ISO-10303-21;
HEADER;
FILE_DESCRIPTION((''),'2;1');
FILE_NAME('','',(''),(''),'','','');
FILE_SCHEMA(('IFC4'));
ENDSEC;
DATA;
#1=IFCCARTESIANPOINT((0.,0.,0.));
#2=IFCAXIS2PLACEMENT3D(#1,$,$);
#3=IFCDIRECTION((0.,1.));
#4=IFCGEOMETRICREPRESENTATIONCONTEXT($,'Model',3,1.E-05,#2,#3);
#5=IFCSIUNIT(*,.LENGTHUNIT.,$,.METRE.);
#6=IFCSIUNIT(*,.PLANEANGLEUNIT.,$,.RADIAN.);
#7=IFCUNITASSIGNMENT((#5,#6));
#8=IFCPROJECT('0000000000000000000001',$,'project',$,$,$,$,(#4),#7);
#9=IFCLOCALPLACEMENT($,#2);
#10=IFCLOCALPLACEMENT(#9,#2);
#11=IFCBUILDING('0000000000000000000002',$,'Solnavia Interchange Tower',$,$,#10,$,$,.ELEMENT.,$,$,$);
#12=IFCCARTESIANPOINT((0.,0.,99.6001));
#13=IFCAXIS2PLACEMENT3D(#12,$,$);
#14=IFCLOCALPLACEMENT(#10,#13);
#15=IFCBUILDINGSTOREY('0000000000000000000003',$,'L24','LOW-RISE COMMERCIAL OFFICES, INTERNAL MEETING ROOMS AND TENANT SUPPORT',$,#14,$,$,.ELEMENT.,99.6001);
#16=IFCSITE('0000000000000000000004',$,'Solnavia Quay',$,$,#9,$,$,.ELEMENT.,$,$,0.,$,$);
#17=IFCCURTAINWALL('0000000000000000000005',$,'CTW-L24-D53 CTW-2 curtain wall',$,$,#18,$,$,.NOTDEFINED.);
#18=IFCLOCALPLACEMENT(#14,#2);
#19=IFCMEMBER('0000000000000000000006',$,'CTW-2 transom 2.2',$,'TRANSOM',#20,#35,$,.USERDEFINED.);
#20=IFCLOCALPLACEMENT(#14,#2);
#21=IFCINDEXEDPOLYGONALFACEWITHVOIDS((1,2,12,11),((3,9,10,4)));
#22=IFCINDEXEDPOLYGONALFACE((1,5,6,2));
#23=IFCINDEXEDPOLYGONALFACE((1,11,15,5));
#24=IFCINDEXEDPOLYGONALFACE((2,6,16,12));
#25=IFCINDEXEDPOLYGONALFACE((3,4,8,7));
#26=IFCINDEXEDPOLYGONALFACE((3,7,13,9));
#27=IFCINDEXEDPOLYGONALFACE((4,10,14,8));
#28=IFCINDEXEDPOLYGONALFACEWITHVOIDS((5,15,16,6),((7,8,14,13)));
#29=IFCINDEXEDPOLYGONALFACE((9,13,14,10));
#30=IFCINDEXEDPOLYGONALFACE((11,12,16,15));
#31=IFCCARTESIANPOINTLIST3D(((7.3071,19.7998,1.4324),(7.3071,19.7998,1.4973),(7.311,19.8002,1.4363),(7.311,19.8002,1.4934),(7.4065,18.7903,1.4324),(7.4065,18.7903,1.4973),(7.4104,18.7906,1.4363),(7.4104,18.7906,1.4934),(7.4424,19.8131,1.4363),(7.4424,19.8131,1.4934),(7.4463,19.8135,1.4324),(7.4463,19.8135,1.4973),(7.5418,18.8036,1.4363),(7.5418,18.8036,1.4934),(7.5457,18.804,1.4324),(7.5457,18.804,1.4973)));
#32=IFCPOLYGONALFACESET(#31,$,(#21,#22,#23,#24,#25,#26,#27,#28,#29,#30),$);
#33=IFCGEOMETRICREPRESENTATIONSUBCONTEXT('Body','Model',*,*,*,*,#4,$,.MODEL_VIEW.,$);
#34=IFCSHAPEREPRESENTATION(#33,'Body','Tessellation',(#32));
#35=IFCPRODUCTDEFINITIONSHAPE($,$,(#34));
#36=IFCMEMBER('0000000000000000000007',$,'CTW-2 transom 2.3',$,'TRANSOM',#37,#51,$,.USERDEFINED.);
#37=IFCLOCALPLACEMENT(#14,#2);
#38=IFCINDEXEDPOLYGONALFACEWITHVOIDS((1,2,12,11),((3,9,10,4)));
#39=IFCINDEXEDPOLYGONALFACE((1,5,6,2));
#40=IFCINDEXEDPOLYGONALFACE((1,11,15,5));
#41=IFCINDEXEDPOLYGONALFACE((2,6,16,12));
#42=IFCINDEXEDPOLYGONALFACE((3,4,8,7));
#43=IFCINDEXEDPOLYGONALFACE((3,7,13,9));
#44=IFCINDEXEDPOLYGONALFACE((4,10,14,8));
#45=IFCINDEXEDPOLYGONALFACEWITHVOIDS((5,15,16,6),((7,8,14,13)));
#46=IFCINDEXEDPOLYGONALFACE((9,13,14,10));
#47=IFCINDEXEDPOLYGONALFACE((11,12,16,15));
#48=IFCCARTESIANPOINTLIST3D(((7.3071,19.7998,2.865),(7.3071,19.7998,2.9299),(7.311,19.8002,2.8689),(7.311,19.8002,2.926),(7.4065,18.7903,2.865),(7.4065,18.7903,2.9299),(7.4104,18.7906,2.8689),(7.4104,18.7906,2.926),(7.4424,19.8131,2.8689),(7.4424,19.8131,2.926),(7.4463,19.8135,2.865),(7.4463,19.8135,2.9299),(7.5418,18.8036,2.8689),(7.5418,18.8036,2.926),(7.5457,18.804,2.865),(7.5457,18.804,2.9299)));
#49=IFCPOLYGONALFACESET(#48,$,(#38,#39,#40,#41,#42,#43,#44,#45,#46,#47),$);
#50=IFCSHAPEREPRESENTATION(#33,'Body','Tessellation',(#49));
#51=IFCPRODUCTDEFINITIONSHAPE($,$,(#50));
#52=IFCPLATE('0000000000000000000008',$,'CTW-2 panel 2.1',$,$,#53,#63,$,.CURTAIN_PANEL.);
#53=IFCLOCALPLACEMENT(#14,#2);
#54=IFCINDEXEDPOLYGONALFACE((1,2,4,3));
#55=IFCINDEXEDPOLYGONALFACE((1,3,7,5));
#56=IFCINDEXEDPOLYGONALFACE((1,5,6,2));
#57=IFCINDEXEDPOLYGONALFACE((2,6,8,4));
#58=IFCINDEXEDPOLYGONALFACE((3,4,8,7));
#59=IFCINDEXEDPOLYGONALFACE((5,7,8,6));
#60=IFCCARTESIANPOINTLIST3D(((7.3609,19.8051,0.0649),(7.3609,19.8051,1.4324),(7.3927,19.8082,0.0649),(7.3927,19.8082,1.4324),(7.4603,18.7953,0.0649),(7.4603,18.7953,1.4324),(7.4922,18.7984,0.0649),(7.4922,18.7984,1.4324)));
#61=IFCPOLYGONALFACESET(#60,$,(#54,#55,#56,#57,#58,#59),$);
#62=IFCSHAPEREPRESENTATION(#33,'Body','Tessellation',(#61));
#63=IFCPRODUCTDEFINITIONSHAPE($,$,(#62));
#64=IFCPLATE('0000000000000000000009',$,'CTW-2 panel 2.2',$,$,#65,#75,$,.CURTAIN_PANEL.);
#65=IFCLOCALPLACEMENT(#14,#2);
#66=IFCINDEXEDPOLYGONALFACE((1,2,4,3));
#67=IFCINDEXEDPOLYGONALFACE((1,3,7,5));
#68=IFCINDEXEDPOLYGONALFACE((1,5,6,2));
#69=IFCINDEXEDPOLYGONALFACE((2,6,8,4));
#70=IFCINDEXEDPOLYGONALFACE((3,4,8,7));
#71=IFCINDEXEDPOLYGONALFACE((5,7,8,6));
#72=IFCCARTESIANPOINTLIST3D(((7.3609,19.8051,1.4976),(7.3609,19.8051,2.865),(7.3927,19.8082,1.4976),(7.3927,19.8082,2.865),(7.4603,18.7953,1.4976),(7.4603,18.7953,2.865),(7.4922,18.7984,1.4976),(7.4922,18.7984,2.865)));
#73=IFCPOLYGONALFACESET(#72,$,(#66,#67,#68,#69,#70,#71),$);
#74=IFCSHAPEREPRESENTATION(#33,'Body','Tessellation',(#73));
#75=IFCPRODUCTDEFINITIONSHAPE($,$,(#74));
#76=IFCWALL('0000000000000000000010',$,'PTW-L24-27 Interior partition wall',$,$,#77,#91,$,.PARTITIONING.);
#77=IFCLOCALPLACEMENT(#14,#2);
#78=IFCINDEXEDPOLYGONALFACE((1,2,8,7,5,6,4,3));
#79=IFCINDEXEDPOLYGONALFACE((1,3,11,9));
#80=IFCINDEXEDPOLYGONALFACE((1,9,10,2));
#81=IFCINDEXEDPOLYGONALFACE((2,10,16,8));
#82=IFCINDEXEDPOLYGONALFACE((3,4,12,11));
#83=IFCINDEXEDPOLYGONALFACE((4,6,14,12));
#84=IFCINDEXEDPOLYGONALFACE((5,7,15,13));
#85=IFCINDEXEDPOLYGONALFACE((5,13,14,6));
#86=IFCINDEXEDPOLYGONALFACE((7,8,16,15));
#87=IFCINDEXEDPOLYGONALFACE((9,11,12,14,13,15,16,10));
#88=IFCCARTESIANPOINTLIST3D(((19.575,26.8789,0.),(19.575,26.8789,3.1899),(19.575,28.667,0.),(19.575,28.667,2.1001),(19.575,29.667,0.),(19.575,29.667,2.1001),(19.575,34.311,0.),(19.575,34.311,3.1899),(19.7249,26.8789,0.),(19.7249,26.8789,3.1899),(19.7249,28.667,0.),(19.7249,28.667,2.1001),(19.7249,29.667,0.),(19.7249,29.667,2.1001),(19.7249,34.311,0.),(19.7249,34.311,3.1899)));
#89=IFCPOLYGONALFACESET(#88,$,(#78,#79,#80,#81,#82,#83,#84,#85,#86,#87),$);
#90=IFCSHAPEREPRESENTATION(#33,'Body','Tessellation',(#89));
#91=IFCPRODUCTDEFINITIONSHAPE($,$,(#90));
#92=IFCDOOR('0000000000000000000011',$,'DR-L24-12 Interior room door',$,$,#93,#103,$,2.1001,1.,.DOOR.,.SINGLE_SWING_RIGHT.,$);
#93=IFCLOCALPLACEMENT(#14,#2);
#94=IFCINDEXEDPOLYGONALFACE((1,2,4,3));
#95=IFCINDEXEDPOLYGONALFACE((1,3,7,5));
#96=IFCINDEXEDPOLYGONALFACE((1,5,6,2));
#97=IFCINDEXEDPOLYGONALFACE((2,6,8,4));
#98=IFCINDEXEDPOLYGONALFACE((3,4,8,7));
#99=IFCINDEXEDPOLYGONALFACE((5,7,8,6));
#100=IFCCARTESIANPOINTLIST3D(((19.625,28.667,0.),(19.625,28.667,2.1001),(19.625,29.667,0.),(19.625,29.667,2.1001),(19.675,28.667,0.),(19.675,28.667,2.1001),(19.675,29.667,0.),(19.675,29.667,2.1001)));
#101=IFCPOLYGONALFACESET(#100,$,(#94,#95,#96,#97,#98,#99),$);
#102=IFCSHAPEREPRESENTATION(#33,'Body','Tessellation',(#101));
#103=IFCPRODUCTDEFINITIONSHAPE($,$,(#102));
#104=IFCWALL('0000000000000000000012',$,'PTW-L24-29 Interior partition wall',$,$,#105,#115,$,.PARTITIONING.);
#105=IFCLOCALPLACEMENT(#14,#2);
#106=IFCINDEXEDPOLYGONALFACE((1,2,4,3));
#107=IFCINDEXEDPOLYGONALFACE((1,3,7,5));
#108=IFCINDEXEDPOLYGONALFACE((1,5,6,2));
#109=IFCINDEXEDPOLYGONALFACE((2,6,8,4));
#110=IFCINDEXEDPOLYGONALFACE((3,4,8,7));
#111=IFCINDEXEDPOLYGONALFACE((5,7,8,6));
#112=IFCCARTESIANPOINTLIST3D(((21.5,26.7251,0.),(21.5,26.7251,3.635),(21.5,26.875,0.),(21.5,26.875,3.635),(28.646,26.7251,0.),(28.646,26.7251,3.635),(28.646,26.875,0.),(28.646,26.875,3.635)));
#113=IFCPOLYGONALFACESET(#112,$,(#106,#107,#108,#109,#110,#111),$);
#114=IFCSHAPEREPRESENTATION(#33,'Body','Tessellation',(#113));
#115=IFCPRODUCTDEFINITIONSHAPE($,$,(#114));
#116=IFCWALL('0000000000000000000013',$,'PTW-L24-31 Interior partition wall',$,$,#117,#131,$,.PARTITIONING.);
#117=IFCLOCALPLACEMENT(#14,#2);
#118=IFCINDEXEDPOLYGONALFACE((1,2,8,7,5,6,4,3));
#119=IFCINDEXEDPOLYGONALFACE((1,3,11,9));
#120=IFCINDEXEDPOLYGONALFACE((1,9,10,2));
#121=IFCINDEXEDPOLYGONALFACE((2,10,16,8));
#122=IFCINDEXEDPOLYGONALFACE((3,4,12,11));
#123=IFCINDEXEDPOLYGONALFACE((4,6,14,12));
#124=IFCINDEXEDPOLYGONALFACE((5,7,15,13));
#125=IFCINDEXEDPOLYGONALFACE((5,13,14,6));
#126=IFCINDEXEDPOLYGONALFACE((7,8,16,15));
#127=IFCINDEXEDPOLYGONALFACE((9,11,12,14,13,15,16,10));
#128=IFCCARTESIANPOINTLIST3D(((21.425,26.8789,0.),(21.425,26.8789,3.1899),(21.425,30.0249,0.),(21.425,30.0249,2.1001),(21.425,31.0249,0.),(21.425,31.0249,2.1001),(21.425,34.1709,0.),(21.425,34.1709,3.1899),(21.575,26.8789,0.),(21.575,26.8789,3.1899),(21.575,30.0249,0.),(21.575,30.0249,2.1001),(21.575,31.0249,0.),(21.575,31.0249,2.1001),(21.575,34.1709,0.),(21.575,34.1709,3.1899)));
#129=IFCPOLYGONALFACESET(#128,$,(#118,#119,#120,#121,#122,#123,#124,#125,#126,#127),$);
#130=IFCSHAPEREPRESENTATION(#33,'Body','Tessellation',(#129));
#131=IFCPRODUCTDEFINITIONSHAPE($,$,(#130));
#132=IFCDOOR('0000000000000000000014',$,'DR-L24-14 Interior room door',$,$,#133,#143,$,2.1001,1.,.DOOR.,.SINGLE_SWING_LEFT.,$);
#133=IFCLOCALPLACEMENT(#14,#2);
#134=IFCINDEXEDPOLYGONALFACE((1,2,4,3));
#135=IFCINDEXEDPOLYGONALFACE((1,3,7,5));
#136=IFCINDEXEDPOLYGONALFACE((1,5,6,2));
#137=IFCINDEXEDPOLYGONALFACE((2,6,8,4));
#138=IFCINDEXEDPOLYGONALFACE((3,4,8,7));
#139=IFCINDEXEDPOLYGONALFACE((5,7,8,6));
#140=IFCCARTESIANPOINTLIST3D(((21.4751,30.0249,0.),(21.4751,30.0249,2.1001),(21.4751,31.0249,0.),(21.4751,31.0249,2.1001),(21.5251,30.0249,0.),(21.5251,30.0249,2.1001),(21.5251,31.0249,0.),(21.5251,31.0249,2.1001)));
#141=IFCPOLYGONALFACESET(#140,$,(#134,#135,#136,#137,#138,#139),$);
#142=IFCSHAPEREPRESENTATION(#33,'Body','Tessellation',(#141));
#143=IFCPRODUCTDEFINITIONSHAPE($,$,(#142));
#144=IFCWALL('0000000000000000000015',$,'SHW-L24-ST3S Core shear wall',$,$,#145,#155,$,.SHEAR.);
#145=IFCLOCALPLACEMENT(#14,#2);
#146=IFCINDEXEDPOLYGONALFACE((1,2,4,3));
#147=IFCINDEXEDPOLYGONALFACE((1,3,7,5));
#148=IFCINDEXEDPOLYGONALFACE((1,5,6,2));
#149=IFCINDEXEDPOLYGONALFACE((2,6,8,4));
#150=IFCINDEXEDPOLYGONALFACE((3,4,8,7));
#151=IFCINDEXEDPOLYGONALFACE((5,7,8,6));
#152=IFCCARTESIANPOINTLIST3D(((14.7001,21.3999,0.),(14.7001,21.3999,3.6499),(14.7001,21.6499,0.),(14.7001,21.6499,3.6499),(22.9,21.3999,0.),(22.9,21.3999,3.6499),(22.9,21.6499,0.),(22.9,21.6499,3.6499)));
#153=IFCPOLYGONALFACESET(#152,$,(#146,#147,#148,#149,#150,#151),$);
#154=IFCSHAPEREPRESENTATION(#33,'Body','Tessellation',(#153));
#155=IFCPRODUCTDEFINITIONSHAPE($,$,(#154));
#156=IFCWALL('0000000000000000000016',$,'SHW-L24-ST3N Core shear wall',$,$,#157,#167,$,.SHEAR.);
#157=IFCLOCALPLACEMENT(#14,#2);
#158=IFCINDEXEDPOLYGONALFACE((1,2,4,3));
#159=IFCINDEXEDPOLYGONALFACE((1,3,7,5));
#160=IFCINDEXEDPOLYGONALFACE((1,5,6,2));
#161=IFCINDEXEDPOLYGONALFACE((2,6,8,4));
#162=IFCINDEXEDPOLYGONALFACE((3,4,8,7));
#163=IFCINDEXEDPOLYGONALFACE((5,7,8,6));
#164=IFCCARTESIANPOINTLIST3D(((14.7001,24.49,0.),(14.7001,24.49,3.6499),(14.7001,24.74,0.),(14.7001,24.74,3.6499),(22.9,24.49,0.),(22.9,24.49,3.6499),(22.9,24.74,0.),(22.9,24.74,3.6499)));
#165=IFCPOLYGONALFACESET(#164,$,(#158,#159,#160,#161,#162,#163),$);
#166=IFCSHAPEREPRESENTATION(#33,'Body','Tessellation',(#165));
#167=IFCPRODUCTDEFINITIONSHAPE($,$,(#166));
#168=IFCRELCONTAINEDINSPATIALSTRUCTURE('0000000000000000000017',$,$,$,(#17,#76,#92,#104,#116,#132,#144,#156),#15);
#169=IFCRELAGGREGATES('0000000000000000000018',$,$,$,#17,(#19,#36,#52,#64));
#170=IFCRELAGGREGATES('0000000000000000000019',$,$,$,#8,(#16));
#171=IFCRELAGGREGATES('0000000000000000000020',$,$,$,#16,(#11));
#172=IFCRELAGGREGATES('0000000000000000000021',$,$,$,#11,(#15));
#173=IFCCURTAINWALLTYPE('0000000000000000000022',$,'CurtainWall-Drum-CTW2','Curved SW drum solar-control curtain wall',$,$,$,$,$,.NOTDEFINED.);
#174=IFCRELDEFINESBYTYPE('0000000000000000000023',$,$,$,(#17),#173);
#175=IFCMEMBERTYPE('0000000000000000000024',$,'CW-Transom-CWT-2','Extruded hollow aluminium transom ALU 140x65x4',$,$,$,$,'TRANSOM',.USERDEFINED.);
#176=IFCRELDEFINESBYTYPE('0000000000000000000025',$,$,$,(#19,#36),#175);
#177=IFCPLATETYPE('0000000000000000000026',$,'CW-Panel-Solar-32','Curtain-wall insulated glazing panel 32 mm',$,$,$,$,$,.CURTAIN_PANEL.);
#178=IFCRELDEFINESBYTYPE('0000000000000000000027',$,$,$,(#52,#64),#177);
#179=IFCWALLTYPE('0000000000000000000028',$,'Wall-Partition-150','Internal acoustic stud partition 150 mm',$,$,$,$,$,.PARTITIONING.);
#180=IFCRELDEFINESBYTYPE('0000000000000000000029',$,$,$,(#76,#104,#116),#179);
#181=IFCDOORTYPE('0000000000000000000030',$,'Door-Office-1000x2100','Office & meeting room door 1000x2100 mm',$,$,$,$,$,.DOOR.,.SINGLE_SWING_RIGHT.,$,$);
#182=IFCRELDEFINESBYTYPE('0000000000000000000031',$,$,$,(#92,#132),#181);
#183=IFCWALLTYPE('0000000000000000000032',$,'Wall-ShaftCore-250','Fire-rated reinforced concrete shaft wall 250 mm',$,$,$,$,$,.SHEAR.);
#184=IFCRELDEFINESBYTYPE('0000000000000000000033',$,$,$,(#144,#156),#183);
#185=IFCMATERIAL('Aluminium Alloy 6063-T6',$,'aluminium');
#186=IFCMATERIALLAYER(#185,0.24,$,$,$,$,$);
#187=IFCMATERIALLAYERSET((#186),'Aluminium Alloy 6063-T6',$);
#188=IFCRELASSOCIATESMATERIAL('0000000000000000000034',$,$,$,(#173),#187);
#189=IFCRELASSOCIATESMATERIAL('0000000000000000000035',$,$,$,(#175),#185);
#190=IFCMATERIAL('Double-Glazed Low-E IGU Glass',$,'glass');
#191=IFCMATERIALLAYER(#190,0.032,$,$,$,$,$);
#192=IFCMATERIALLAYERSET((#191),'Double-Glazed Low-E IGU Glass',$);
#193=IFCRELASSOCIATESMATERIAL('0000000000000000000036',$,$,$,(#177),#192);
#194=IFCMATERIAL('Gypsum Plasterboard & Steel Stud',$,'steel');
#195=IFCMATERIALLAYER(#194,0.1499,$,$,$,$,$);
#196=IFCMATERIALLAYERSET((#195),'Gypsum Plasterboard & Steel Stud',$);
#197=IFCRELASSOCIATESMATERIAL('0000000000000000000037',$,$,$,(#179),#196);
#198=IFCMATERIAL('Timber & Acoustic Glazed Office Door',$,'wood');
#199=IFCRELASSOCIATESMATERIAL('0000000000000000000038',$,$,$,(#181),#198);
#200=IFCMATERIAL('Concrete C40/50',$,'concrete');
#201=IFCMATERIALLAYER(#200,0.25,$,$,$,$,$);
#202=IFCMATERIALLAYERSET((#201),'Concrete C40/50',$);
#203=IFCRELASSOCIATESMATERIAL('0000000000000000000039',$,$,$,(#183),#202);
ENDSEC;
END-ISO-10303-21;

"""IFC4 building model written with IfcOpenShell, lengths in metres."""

from ifc_helpers import new_model, si_unit, direction, frame, frame_2d, origin, origin_2d, place, context, subcontext, project, spatial, rectangle, hollow_rectangle, extrude, material, layer, layer_set, material_profile, profile_set, type_object, element, fill, aggregate, save


model = new_model("IFC4")

# Units and contexts
model_context = context("Model", 3, precision=1e-05, world=origin(), true_north=direction((0.0, 1.0)))
body_context = subcontext(model_context, "Body", "Model", "MODEL_VIEW")
ifc_project = project(units=[si_unit("LENGTHUNIT", "METRE"), si_unit("PLANEANGLEUNIT", "RADIAN")], contexts=[model_context])

# Site, building, storey
site_placement = place(None, origin())
site = spatial("IfcSite", under=ifc_project, at=site_placement, Name="Solnavia Quay", CompositionType="ELEMENT", RefElevation=0.0)
building_placement = place(site_placement, origin())
building = spatial("IfcBuilding", under=site, at=building_placement, Name="Solnavia Interchange Tower", CompositionType="ELEMENT")
storey_placement = place(building_placement, frame((0.0, 0.0, 99.6001)))
storey = spatial("IfcBuildingStorey", under=building, at=storey_placement, Name="L24", Description="LOW-RISE COMMERCIAL OFFICES, INTERNAL MEETING ROOMS AND TENANT SUPPORT", CompositionType="ELEMENT", Elevation=99.6001)

# Curtain wall, members, plates
ifc_material_1 = material(Name="Aluminium Alloy 6063-T6", Category="aluminium")
ifc_layer_1 = layer(ifc_material_1, 0.24)
ifc_layer_set_1 = layer_set([ifc_layer_1], Name="Aluminium Alloy 6063-T6")
curtain_wall_type = type_object("IfcCurtainWallType", Name="CurtainWall-Drum-CTW2", Description="Curved SW drum solar-control curtain wall", PredefinedType="NOTDEFINED", material=ifc_layer_set_1)
curtain_wall_placement = place(storey_placement, origin())
curtain_wall = element("IfcCurtainWall", 1, at=curtain_wall_placement, inside=storey, type_object=curtain_wall_type, Name="CTW-L24-D53 CTW-2 curtain wall", PredefinedType="NOTDEFINED")
ifc_material_profile_1 = material_profile(ifc_material_1, hollow_rectangle(XDim=0.0649, YDim=0.1399, WallThickness=0.0039, at=origin_2d()), Name="ALU 140x65x4")
ifc_profile_set_1 = profile_set([ifc_material_profile_1], Name="Aluminium Alloy 6063-T6")
member_type = type_object("IfcMemberType", Name="CW-Transom-CWT-2", Description="Extruded hollow aluminium transom ALU 140x65x4", ElementType="TRANSOM", PredefinedType="USERDEFINED", material=ifc_profile_set_1)
member_1_placement = place(storey_placement, frame((7.3767, 19.8066, 1.4648), z_axis=(0.097955, -0.995191, 0.0), x_axis=(0.0, 0.0, 1.0)))
member_1 = element("IfcMember", 2, at=member_1_placement, type_object=member_type, Name="CTW-2 transom 2.2", ObjectType="TRANSOM", PredefinedType="USERDEFINED", context=body_context, shape_type="SweptSolid", body=[
    extrude(hollow_rectangle(XDim=0.0649, YDim=0.1399, WallThickness=0.0039, at=origin_2d()), origin(), (0.0, 0.0, 1.0), 1.0144),
])
member_2_placement = place(storey_placement, frame((7.3767, 19.8066, 2.8975), z_axis=(0.097955, -0.995191, 0.0), x_axis=(0.0, 0.0, 1.0)))
member_2 = element("IfcMember", 3, at=member_2_placement, type_object=member_type, Name="CTW-2 transom 2.3", ObjectType="TRANSOM", PredefinedType="USERDEFINED", context=body_context, shape_type="SweptSolid", body=[
    extrude(hollow_rectangle(XDim=0.0649, YDim=0.1399, WallThickness=0.0039, at=origin_2d()), origin(), (0.0, 0.0, 1.0), 1.0144),
])
ifc_material_2 = material(Name="Double-Glazed Low-E IGU Glass", Category="glass")
ifc_layer_2 = layer(ifc_material_2, 0.032)
ifc_layer_set_2 = layer_set([ifc_layer_2], Name="Double-Glazed Low-E IGU Glass")
plate_type = type_object("IfcPlateType", Name="CW-Panel-Solar-32", Description="Curtain-wall insulated glazing panel 32 mm", PredefinedType="CURTAIN_PANEL", material=ifc_layer_set_2)
plate_1_placement = place(storey_placement, frame((7.4265, 19.3018, 0.0649), z_axis=(0.0, 0.0, 1.0), x_axis=(0.098045, -0.995182, 0.0)))
plate_1 = element("IfcPlate", 4, at=plate_1_placement, type_object=plate_type, Name="CTW-2 panel 2.1", PredefinedType="CURTAIN_PANEL", context=body_context, shape_type="SweptSolid", body=[
    extrude(rectangle(XDim=1.0146, YDim=0.032, at=origin_2d()), origin(), (0.0, 0.0, 1.0), 1.3674),
])
plate_2_placement = place(storey_placement, frame((7.4265, 19.3018, 1.4976), z_axis=(0.0, 0.0, 1.0), x_axis=(0.098045, -0.995182, 0.0)))
plate_2 = element("IfcPlate", 5, at=plate_2_placement, type_object=plate_type, Name="CTW-2 panel 2.2", PredefinedType="CURTAIN_PANEL", context=body_context, shape_type="SweptSolid", body=[
    extrude(rectangle(XDim=1.0146, YDim=0.032, at=origin_2d()), origin(), (0.0, 0.0, 1.0), 1.3674),
])
aggregate(curtain_wall, [member_1, member_2, plate_1, plate_2])

# Wall, opening, door
ifc_material_3 = material(Name="Gypsum Plasterboard & Steel Stud", Category="steel")
ifc_layer_3 = layer(ifc_material_3, 0.1499)
ifc_layer_set_3 = layer_set([ifc_layer_3], Name="Gypsum Plasterboard & Steel Stud")
wall_type_1 = type_object("IfcWallType", Name="Wall-Partition-150", Description="Internal acoustic stud partition 150 mm", PredefinedType="PARTITIONING", material=ifc_layer_set_3)
wall_1_placement = place(storey_placement, frame((19.6499, 26.8789, 0.0), z_axis=(0.0, 0.0, 1.0), x_axis=(0.0, 1.0, 0.0)))
wall_1 = element("IfcWall", 6, at=wall_1_placement, inside=storey, type_object=wall_type_1, Name="PTW-L24-27 Interior partition wall", PredefinedType="PARTITIONING", context=body_context, shape_type="SweptSolid", body=[
    extrude(rectangle(XDim=7.4321, YDim=0.1499, at=frame_2d((3.7161, 0.0))), origin(), (0.0, 0.0, 1.0), 3.1899),
])
opening_1_placement = place(wall_1_placement, frame((1.7881, 0.0, 0.0)))
opening_1 = element("IfcOpeningElement", 7, at=opening_1_placement, cuts=wall_1, PredefinedType="OPENING", context=body_context, shape_type="SweptSolid", body=[
    extrude(rectangle(XDim=1.0, YDim=2.1001, at=frame_2d((0.5, 1.05))), frame((0.0, 0.085, 0.0), z_axis=(0.0, -1.0, 0.0), x_axis=(1.0, 0.0, 0.0)), (0.0, 0.0, 1.0), 0.1699),
])
ifc_material_4 = material(Name="Timber & Acoustic Glazed Office Door", Category="wood")
door_type_1 = type_object("IfcDoorType", Name="Door-Office-1000x2100", Description="Office & meeting room door 1000x2100 mm", OperationType="SINGLE_SWING_RIGHT", PredefinedType="DOOR", material=ifc_material_4)
door_1_placement = place(opening_1_placement, origin())
door_1 = element("IfcDoor", 8, at=door_1_placement, inside=storey, type_object=door_type_1, Name="DR-L24-12 Interior room door", OperationType="SINGLE_SWING_RIGHT", OverallHeight=2.1001, OverallWidth=1.0, PredefinedType="DOOR", context=body_context, shape_type="SweptSolid", body=[
    extrude(rectangle(XDim=1.0, YDim=2.1001, at=frame_2d((0.5, 1.05))), frame((0.0, 0.0249, 0.0), z_axis=(0.0, -1.0, 0.0), x_axis=(1.0, 0.0, 0.0)), (0.0, 0.0, 1.0), 0.05),
])
fill(opening_1, door_1)

# Wall
wall_2_placement = place(storey_placement, frame((21.5, 26.8, 0.0), z_axis=(0.0, 0.0, 1.0), x_axis=(1.0, 0.0, 0.0)))
element("IfcWall", 9, at=wall_2_placement, inside=storey, type_object=wall_type_1, Name="PTW-L24-29 Interior partition wall", PredefinedType="PARTITIONING", context=body_context, shape_type="SweptSolid", body=[
    extrude(rectangle(XDim=7.146, YDim=0.1499, at=frame_2d((3.573, 0.0))), origin(), (0.0, 0.0, 1.0), 3.635),
])

# Wall, opening, door
wall_3_placement = place(storey_placement, frame((21.5, 26.8789, 0.0), z_axis=(0.0, 0.0, 1.0), x_axis=(0.0, 1.0, 0.0)))
wall_3 = element("IfcWall", 10, at=wall_3_placement, inside=storey, type_object=wall_type_1, Name="PTW-L24-31 Interior partition wall", PredefinedType="PARTITIONING", context=body_context, shape_type="SweptSolid", body=[
    extrude(rectangle(XDim=7.292, YDim=0.1499, at=frame_2d((3.646, 0.0))), origin(), (0.0, 0.0, 1.0), 3.1899),
])
opening_2_placement = place(wall_3_placement, frame((3.146, 0.0, 0.0)))
opening_2 = element("IfcOpeningElement", 11, at=opening_2_placement, cuts=wall_3, PredefinedType="OPENING", context=body_context, shape_type="SweptSolid", body=[
    extrude(rectangle(XDim=1.0, YDim=2.1001, at=frame_2d((0.5, 1.05))), frame((0.0, 0.085, 0.0), z_axis=(0.0, -1.0, 0.0), x_axis=(1.0, 0.0, 0.0)), (0.0, 0.0, 1.0), 0.1699),
])
door_2_placement = place(opening_2_placement, origin())
door_2 = element("IfcDoor", 12, at=door_2_placement, inside=storey, type_object=door_type_1, Name="DR-L24-14 Interior room door", OperationType="SINGLE_SWING_LEFT", OverallHeight=2.1001, OverallWidth=1.0, PredefinedType="DOOR", context=body_context, shape_type="SweptSolid", body=[
    extrude(rectangle(XDim=1.0, YDim=2.1001, at=frame_2d((0.5, 1.05))), frame((0.0, 0.0249, 0.0), z_axis=(0.0, -1.0, 0.0), x_axis=(1.0, 0.0, 0.0)), (0.0, 0.0, 1.0), 0.05),
])
fill(opening_2, door_2)

# Walls
ifc_material_5 = material(Name="Concrete C40/50", Category="concrete")
ifc_layer_4 = layer(ifc_material_5, 0.25)
ifc_layer_set_4 = layer_set([ifc_layer_4], Name="Concrete C40/50")
wall_type_2 = type_object("IfcWallType", Name="Wall-ShaftCore-250", Description="Fire-rated reinforced concrete shaft wall 250 mm", PredefinedType="SHEAR", material=ifc_layer_set_4)
for number, where, z_axis, x_axis, name in (
    (13, (14.7, 21.5249, 0.0), (0.0, 0.0, 1.0), (1.0, 0.0, 0.0), "SHW-L24-ST3S Core shear wall"),
    (14, (14.7, 24.615, 0.0), (0.0, 0.0, 1.0), (1.0, 0.0, 0.0), "SHW-L24-ST3N Core shear wall"),
):
    element("IfcWall", number, at=place(storey_placement, frame(where, z_axis=z_axis, x_axis=x_axis)), inside=storey, type_object=wall_type_2, Name=name, PredefinedType="SHEAR", context=body_context, shape_type="SweptSolid", body=[
        extrude(rectangle(XDim=8.2, YDim=0.25, at=frame_2d((4.1001, 0.0))), origin(), (0.0, 0.0, 1.0), 3.6499),
    ])

save(model, "model.ifc")
